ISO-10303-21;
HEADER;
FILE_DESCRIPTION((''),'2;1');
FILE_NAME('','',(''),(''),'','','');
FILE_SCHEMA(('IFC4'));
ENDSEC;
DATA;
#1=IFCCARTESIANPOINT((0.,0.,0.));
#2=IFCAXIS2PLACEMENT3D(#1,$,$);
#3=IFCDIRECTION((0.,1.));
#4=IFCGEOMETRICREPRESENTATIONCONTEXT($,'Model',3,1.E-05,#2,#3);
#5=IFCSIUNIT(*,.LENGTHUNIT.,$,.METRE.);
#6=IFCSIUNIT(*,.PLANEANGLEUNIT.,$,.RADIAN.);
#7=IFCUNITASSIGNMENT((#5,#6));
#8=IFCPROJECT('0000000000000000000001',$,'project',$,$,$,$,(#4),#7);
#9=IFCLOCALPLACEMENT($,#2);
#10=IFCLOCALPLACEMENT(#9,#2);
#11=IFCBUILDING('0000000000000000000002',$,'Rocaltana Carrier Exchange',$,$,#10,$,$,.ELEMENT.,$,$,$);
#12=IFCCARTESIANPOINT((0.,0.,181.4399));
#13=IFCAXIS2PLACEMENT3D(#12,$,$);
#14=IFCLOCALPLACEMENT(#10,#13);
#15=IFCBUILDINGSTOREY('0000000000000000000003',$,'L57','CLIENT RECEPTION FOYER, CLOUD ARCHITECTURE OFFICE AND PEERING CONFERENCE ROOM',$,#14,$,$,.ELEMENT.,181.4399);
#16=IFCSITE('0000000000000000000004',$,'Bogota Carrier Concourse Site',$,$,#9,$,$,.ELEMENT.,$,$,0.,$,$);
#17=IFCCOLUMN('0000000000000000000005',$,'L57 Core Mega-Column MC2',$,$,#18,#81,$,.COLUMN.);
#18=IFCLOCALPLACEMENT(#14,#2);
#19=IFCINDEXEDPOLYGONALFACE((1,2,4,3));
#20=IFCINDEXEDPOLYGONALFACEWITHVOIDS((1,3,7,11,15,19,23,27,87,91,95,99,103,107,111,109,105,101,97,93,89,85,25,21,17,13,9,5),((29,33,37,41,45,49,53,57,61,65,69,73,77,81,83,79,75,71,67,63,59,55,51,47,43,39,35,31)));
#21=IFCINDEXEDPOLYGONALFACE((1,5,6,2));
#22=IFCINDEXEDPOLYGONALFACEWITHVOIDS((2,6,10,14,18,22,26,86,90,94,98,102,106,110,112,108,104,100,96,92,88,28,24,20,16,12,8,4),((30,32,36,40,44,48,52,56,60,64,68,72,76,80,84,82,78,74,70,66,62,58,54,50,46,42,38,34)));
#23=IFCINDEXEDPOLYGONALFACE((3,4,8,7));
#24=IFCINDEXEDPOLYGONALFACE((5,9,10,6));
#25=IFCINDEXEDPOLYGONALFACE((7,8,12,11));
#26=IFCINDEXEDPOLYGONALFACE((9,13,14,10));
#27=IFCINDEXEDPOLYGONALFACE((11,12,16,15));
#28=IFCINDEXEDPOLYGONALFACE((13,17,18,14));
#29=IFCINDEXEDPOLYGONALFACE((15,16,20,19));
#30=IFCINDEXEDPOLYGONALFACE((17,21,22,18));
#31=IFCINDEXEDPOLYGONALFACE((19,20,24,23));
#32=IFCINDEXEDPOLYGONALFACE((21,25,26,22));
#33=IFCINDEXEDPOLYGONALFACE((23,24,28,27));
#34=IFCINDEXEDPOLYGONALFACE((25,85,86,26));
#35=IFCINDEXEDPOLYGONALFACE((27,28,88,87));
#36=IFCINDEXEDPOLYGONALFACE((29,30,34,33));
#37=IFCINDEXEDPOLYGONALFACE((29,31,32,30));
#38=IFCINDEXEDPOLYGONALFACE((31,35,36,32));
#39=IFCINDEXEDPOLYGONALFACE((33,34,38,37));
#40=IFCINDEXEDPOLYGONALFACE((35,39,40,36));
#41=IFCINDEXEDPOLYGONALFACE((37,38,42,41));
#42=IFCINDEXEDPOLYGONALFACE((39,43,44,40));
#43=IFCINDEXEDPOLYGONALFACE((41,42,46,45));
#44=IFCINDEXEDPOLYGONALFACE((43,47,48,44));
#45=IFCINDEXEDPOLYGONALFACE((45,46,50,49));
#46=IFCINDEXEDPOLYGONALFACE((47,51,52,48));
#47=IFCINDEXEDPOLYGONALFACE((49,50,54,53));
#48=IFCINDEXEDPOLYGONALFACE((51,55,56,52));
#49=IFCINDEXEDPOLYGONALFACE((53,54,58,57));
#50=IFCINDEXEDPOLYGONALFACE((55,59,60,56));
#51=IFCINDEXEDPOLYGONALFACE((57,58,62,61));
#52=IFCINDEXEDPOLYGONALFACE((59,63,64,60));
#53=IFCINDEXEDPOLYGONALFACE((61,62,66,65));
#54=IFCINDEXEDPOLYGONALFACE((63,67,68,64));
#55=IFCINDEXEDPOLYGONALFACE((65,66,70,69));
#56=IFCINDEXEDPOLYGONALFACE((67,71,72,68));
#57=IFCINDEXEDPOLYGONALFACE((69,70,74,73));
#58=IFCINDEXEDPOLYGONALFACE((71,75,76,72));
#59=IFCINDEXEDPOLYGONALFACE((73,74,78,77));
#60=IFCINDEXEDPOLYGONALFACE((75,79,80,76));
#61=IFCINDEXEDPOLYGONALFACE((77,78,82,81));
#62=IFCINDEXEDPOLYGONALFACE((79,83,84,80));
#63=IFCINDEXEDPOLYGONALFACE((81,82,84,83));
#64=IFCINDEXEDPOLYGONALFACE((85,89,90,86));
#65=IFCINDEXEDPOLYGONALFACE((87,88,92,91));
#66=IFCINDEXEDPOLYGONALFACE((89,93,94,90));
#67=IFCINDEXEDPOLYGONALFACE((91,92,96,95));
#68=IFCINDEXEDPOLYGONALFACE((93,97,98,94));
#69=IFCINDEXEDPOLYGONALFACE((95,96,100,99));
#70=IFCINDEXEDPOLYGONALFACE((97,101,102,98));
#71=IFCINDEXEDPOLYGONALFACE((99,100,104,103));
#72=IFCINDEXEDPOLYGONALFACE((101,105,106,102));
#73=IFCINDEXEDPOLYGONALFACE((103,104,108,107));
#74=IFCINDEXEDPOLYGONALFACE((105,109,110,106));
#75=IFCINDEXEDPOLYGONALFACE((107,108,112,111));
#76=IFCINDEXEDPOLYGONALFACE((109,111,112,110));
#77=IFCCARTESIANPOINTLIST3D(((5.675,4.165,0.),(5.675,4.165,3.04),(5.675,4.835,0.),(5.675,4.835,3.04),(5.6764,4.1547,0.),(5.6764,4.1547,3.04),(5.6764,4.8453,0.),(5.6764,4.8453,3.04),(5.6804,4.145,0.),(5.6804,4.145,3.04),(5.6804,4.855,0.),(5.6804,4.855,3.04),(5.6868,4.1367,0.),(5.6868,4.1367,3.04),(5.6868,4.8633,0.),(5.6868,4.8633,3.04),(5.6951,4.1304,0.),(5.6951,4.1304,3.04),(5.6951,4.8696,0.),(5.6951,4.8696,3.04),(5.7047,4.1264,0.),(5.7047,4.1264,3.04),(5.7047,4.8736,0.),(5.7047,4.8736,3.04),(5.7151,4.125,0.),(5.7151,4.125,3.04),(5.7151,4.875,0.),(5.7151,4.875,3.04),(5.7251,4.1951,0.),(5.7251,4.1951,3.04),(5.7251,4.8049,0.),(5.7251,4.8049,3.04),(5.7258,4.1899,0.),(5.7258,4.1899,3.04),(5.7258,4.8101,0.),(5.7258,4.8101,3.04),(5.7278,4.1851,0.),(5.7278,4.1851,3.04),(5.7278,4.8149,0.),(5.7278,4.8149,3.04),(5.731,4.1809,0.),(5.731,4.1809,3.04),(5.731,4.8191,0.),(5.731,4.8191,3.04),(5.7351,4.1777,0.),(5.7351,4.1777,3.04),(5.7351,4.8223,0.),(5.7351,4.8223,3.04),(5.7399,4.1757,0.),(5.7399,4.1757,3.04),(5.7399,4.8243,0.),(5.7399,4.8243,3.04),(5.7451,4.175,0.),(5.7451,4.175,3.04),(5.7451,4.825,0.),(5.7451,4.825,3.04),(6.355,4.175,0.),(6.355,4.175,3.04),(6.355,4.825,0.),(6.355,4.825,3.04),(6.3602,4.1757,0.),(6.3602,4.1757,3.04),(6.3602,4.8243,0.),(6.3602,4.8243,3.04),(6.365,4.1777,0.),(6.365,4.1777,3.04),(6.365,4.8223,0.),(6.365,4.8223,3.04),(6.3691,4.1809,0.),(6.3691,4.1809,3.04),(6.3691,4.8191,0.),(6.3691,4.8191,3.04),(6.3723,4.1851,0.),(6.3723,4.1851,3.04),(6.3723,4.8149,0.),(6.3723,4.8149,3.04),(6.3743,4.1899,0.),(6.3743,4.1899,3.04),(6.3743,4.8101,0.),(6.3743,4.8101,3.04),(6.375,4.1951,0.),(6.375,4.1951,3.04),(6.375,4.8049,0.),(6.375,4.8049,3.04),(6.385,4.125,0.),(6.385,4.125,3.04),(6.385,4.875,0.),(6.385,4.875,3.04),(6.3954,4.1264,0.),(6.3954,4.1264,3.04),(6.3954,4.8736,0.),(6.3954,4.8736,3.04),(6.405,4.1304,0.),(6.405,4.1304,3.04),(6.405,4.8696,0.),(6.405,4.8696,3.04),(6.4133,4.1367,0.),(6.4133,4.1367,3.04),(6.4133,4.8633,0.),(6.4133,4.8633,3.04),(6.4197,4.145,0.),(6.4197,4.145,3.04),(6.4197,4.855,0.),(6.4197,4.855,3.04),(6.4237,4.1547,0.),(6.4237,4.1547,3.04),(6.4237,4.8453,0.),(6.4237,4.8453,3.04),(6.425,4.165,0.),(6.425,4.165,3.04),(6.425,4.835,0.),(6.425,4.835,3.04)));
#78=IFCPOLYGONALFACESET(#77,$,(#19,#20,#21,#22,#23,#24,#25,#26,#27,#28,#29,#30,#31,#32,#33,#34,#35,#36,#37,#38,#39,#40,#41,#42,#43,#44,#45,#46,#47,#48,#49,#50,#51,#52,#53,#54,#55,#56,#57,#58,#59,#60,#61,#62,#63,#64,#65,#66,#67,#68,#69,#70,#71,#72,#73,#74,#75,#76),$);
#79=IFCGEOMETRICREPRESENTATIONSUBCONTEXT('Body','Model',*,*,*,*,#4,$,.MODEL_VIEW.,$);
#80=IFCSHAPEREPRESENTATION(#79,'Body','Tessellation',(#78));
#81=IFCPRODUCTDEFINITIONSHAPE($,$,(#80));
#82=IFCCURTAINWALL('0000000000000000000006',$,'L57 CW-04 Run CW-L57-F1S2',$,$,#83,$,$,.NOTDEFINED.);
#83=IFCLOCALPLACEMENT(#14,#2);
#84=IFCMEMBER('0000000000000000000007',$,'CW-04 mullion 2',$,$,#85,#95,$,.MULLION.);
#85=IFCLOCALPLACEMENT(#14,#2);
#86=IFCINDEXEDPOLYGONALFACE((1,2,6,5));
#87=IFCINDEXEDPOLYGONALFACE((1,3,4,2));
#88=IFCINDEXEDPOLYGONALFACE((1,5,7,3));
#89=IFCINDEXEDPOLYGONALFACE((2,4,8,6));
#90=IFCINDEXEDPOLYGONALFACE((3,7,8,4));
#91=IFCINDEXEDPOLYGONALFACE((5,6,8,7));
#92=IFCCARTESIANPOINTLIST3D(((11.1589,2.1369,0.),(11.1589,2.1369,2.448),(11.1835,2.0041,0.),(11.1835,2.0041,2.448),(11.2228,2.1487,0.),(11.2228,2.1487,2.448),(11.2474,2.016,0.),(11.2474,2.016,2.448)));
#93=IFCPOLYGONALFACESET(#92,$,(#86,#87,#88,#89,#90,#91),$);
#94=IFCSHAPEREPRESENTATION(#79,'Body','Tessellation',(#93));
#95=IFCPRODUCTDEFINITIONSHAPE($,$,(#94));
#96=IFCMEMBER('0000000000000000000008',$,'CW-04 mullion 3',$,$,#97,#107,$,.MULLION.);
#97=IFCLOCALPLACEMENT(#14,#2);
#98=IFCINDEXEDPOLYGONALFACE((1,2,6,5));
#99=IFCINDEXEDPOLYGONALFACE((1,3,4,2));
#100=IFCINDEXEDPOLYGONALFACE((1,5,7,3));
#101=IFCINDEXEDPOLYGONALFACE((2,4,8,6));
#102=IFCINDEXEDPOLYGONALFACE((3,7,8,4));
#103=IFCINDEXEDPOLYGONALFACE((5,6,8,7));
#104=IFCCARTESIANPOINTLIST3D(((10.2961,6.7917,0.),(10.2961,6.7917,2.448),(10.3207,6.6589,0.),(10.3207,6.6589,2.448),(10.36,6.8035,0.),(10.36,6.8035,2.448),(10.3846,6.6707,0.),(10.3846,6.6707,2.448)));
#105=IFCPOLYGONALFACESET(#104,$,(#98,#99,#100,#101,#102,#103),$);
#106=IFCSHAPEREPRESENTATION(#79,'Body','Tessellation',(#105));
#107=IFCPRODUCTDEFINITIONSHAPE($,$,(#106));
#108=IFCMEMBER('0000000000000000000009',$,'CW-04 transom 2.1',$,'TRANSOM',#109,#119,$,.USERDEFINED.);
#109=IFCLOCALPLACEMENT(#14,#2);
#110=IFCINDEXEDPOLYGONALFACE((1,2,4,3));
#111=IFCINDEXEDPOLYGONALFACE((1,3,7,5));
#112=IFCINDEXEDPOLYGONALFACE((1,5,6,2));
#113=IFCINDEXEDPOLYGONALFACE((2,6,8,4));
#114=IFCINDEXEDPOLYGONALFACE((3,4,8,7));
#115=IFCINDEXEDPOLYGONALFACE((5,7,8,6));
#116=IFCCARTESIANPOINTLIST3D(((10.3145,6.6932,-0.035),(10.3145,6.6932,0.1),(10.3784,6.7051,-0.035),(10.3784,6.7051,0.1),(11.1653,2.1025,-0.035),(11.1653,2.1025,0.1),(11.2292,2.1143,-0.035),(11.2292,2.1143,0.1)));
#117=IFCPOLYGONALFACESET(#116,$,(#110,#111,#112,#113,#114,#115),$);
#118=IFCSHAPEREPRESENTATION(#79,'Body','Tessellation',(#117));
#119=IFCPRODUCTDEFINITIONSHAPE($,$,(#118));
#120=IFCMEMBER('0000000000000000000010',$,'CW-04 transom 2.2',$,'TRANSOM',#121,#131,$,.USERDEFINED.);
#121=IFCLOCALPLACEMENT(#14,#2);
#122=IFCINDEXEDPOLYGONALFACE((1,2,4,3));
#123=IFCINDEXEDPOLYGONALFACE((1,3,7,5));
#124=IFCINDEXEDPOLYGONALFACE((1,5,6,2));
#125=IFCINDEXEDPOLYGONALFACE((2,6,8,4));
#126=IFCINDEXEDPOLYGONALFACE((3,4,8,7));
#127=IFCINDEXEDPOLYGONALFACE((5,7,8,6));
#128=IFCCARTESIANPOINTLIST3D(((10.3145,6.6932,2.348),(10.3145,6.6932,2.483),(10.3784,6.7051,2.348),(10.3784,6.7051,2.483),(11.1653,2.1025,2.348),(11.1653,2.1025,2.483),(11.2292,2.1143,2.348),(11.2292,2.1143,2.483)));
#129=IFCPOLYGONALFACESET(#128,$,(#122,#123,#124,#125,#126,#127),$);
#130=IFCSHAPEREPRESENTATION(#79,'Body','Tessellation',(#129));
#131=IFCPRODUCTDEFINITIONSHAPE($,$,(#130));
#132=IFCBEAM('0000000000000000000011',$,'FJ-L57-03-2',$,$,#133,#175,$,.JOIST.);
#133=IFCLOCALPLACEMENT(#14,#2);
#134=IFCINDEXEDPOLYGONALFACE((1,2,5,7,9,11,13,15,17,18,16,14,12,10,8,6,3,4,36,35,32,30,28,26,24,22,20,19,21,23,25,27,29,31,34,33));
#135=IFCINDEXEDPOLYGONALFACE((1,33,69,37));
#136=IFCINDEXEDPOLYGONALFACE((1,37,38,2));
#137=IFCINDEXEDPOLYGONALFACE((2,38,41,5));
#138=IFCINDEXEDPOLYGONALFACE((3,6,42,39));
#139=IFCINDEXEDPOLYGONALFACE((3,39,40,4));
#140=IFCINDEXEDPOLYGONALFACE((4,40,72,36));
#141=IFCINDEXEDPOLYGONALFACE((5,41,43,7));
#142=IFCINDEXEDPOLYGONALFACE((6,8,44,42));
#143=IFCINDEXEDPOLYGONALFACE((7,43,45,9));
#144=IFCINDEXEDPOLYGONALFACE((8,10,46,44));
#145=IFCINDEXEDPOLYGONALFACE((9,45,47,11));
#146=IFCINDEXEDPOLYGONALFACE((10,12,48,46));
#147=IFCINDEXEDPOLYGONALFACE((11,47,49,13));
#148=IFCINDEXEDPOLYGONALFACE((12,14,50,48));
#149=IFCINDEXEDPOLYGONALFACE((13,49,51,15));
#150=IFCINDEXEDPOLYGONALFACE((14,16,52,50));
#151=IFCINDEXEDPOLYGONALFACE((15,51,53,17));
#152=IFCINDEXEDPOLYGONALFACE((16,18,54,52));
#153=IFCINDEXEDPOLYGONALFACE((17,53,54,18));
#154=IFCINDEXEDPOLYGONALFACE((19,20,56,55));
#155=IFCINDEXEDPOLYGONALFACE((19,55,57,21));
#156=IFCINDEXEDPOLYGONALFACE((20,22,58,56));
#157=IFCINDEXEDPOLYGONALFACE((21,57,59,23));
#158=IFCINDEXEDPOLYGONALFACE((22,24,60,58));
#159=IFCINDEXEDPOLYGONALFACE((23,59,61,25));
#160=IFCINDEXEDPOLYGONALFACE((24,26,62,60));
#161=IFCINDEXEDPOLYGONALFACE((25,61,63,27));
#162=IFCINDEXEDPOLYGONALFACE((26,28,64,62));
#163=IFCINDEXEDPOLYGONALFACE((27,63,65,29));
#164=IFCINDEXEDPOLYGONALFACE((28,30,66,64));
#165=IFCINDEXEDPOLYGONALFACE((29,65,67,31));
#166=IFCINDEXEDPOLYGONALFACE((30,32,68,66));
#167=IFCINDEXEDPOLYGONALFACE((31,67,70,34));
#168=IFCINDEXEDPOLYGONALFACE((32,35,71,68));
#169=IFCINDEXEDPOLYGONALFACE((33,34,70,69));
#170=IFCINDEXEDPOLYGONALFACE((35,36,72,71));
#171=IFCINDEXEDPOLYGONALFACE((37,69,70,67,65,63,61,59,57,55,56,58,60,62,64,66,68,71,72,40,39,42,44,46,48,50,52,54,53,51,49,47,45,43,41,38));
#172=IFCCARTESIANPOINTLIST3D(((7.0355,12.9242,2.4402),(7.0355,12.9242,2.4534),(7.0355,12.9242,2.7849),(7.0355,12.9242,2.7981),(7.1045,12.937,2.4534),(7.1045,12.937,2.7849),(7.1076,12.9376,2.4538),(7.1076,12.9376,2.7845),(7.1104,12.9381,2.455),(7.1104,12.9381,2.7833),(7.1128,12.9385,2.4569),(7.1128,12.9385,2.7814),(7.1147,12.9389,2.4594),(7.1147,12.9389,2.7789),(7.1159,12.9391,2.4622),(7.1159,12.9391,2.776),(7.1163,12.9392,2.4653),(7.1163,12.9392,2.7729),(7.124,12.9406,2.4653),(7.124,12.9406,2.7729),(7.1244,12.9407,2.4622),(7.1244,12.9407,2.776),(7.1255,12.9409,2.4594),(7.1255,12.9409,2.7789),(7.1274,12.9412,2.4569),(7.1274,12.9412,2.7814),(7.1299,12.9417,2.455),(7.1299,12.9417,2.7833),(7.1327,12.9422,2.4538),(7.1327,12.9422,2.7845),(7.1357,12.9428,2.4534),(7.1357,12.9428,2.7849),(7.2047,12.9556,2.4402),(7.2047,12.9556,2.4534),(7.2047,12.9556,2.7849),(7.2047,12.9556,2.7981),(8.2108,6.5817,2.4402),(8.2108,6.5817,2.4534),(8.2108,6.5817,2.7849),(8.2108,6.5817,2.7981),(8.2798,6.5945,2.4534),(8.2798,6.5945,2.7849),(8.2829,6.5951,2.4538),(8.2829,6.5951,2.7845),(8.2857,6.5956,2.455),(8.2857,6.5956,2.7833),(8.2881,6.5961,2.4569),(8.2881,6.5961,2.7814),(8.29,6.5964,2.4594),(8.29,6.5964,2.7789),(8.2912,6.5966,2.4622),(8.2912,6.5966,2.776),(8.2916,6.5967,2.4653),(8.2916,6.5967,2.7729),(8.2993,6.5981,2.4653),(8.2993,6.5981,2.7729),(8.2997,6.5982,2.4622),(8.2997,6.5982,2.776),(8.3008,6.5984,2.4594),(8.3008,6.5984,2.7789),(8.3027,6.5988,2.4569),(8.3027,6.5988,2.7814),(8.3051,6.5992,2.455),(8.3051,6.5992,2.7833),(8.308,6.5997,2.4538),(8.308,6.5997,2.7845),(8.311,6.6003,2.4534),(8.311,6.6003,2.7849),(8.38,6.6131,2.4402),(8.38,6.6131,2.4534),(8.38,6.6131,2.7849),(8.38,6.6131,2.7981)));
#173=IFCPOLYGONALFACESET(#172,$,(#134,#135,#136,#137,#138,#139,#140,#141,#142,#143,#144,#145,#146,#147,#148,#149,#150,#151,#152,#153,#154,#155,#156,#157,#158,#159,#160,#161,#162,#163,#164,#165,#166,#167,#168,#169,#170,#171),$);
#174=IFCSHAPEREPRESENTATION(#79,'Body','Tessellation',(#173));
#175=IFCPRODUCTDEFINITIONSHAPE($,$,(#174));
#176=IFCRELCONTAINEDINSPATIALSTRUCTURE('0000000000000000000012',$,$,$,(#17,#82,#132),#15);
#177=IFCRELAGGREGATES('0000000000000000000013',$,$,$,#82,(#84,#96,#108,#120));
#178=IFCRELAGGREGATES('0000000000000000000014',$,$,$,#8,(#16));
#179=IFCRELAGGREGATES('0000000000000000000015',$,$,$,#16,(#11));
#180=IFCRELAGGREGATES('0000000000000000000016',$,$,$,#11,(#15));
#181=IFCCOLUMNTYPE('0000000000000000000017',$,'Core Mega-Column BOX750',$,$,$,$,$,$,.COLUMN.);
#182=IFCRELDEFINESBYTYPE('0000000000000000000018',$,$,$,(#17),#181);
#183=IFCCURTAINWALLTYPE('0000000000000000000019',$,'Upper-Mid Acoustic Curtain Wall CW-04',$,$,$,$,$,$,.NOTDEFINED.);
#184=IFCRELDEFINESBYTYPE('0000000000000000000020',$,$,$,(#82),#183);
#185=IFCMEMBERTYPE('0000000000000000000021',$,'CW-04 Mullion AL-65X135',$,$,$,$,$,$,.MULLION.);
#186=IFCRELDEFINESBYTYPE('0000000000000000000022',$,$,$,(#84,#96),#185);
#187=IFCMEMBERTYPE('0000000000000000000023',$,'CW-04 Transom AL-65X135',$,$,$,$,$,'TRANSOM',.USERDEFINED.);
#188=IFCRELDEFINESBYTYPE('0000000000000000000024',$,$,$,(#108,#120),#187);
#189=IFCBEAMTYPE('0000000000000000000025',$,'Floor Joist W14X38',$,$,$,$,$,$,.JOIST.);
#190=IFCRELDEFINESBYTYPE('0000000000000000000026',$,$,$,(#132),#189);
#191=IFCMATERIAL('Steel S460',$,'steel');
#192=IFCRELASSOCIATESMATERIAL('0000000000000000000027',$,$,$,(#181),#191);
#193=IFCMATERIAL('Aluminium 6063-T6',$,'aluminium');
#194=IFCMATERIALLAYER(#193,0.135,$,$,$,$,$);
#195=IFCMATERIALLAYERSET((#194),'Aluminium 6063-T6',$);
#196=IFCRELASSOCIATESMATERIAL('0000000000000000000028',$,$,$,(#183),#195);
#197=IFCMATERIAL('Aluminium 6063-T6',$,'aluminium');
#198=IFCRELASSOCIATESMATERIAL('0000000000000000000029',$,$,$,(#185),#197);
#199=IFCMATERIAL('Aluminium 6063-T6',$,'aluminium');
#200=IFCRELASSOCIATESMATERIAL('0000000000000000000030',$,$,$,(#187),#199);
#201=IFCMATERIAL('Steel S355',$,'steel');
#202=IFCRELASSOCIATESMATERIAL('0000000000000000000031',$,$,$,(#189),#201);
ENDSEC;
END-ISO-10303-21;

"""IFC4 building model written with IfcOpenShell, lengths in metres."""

from ifc_helpers import new_model, si_unit, direction, frame, origin, origin_2d, place, context, subcontext, project, spatial, rectangle, hollow_rectangle, i_section, extrude, material, layer, layer_set, material_profile, profile_set, type_object, element, aggregate, save


model = new_model("IFC4")

# Units and contexts
model_context = context("Model", 3, precision=1e-05, world=origin(), true_north=direction((0.0, 1.0)))
body_context = subcontext(model_context, "Body", "Model", "MODEL_VIEW")
ifc_project = project(units=[si_unit("LENGTHUNIT", "METRE"), si_unit("PLANEANGLEUNIT", "RADIAN")], contexts=[model_context])

# Site, building, storey
site_placement = place(None, origin())
site = spatial("IfcSite", under=ifc_project, at=site_placement, Name="Bogota Carrier Concourse Site", CompositionType="ELEMENT", RefElevation=0.0)
building_placement = place(site_placement, origin())
building = spatial("IfcBuilding", under=site, at=building_placement, Name="Rocaltana Carrier Exchange", CompositionType="ELEMENT")
storey_placement = place(building_placement, frame((0.0, 0.0, 181.4399)))
storey = spatial("IfcBuildingStorey", under=building, at=storey_placement, Name="L57", Description="CLIENT RECEPTION FOYER, CLOUD ARCHITECTURE OFFICE AND PEERING CONFERENCE ROOM", CompositionType="ELEMENT", Elevation=181.4399)

# Column
ifc_material_1 = material(Name="Steel S460", Category="steel")
ifc_material_profile_1 = material_profile(ifc_material_1, hollow_rectangle(XDim=0.75, YDim=0.75, WallThickness=0.05, InnerFilletRadius=0.02, OuterFilletRadius=0.04, at=origin_2d()), Name="BOX750X750X50")
ifc_profile_set_1 = profile_set([ifc_material_profile_1], Name="Steel S460")
column_type = type_object("IfcColumnType", Name="Core Mega-Column BOX750", PredefinedType="COLUMN", material=ifc_profile_set_1)
column_placement = place(storey_placement, frame((6.05, 4.5, 0.0), z_axis=(0.0, 0.0, 1.0), x_axis=(1.0, 0.0, 0.0)))
element("IfcColumn", 1, at=column_placement, inside=storey, type_object=column_type, Name="L57 Core Mega-Column MC2", PredefinedType="COLUMN", context=body_context, shape_type="SweptSolid", body=[
    extrude(hollow_rectangle(XDim=0.75, YDim=0.75, WallThickness=0.05, InnerFilletRadius=0.02, OuterFilletRadius=0.04, at=origin_2d()), origin(), (0.0, 0.0, 1.0), 3.04),
])

# Curtain wall, members
ifc_material_2 = material(Name="Aluminium 6063-T6", Category="aluminium")
ifc_layer_1 = layer(ifc_material_2, 0.135)
ifc_layer_set_1 = layer_set([ifc_layer_1], Name="Aluminium 6063-T6")
curtain_wall_type = type_object("IfcCurtainWallType", Name="Upper-Mid Acoustic Curtain Wall CW-04", PredefinedType="NOTDEFINED", material=ifc_layer_set_1)
curtain_wall_placement = place(storey_placement, origin())
curtain_wall = element("IfcCurtainWall", 2, at=curtain_wall_placement, inside=storey, type_object=curtain_wall_type, Name="L57 CW-04 Run CW-L57-F1S2", PredefinedType="NOTDEFINED")
ifc_material_3 = material(Name="Aluminium 6063-T6", Category="aluminium")
ifc_material_profile_2 = material_profile(ifc_material_3, rectangle(XDim=0.0649, YDim=0.135, at=origin_2d()), Name="AL-65X135")
ifc_profile_set_2 = profile_set([ifc_material_profile_2], Name="Aluminium 6063-T6")
member_type_1 = type_object("IfcMemberType", Name="CW-04 Mullion AL-65X135", PredefinedType="MULLION", material=ifc_profile_set_2)
member_1_placement = place(storey_placement, frame((11.2031, 2.0764, 0.0), z_axis=(0.0, 0.0, 1.0), x_axis=(-0.983255, -0.182236, 0.0)))
member_1 = element("IfcMember", 3, at=member_1_placement, type_object=member_type_1, Name="CW-04 mullion 2", PredefinedType="MULLION", context=body_context, shape_type="SweptSolid", body=[
    extrude(rectangle(XDim=0.0649, YDim=0.135, at=origin_2d()), origin(), (0.0, 0.0, 1.0), 2.448),
])
member_2_placement = place(storey_placement, frame((10.3403, 6.7312, 0.0), z_axis=(0.0, 0.0, 1.0), x_axis=(-0.983255, -0.182236, 0.0)))
member_2 = element("IfcMember", 4, at=member_2_placement, type_object=member_type_1, Name="CW-04 mullion 3", PredefinedType="MULLION", context=body_context, shape_type="SweptSolid", body=[
    extrude(rectangle(XDim=0.0649, YDim=0.135, at=origin_2d()), origin(), (0.0, 0.0, 1.0), 2.448),
])
ifc_material_4 = material(Name="Aluminium 6063-T6", Category="aluminium")
ifc_material_profile_3 = material_profile(ifc_material_4, rectangle(XDim=0.0649, YDim=0.135, at=origin_2d()), Name="AL-65X135")
ifc_profile_set_3 = profile_set([ifc_material_profile_3], Name="Aluminium 6063-T6")
member_type_2 = type_object("IfcMemberType", Name="CW-04 Transom AL-65X135", ElementType="TRANSOM", PredefinedType="USERDEFINED", material=ifc_profile_set_3)
member_3_placement = place(storey_placement, frame((11.1973, 2.1084, 0.0325), z_axis=(-0.18223, 0.983256, 0.0), x_axis=(-0.983256, -0.18223, 0.0)))
member_3 = element("IfcMember", 5, at=member_3_placement, type_object=member_type_2, Name="CW-04 transom 2.1", ObjectType="TRANSOM", PredefinedType="USERDEFINED", context=body_context, shape_type="SweptSolid", body=[
    extrude(rectangle(XDim=0.0649, YDim=0.135, at=origin_2d()), origin(), (0.0, 0.0, 1.0), 4.6689),
])
member_4_placement = place(storey_placement, frame((11.1973, 2.1084, 2.4155), z_axis=(-0.18223, 0.983256, 0.0), x_axis=(-0.983256, -0.18223, 0.0)))
member_4 = element("IfcMember", 6, at=member_4_placement, type_object=member_type_2, Name="CW-04 transom 2.2", ObjectType="TRANSOM", PredefinedType="USERDEFINED", context=body_context, shape_type="SweptSolid", body=[
    extrude(rectangle(XDim=0.0649, YDim=0.135, at=origin_2d()), origin(), (0.0, 0.0, 1.0), 4.6689),
])

# Beam
ifc_material_5 = material(Name="Steel S355", Category="steel")
ifc_material_profile_4 = material_profile(ifc_material_5, i_section(OverallWidth=0.1721, OverallDepth=0.3579, WebThickness=0.0078, FlangeThickness=0.0132, FilletRadius=0.012, at=origin_2d()), Name="W14X38")
ifc_profile_set_4 = profile_set([ifc_material_profile_4], Name="Steel S355")
beam_type_1 = type_object("IfcBeamType", Name="Floor Joist W14X38", PredefinedType="JOIST", material=ifc_profile_set_4)
beam_1_placement = place(storey_placement, frame((8.2954, 6.5974, 2.6191), z_axis=(-0.182202, 0.983261, 0.0), x_axis=(-0.983261, -0.182202, 0.0)))
element("IfcBeam", 7, at=beam_1_placement, inside=storey, type_object=beam_type_1, Name="FJ-L57-03-2", PredefinedType="JOIST", context=body_context, shape_type="SweptSolid", body=[
    extrude(i_section(OverallWidth=0.1721, OverallDepth=0.3579, WebThickness=0.0078, FlangeThickness=0.0132, FilletRadius=0.012, at=origin_2d()), origin(), (0.0, 0.0, 1.0), 6.4504),
])

aggregate(curtain_wall, [member_1, member_2, member_3, member_4])

save(model, "model.ifc")
